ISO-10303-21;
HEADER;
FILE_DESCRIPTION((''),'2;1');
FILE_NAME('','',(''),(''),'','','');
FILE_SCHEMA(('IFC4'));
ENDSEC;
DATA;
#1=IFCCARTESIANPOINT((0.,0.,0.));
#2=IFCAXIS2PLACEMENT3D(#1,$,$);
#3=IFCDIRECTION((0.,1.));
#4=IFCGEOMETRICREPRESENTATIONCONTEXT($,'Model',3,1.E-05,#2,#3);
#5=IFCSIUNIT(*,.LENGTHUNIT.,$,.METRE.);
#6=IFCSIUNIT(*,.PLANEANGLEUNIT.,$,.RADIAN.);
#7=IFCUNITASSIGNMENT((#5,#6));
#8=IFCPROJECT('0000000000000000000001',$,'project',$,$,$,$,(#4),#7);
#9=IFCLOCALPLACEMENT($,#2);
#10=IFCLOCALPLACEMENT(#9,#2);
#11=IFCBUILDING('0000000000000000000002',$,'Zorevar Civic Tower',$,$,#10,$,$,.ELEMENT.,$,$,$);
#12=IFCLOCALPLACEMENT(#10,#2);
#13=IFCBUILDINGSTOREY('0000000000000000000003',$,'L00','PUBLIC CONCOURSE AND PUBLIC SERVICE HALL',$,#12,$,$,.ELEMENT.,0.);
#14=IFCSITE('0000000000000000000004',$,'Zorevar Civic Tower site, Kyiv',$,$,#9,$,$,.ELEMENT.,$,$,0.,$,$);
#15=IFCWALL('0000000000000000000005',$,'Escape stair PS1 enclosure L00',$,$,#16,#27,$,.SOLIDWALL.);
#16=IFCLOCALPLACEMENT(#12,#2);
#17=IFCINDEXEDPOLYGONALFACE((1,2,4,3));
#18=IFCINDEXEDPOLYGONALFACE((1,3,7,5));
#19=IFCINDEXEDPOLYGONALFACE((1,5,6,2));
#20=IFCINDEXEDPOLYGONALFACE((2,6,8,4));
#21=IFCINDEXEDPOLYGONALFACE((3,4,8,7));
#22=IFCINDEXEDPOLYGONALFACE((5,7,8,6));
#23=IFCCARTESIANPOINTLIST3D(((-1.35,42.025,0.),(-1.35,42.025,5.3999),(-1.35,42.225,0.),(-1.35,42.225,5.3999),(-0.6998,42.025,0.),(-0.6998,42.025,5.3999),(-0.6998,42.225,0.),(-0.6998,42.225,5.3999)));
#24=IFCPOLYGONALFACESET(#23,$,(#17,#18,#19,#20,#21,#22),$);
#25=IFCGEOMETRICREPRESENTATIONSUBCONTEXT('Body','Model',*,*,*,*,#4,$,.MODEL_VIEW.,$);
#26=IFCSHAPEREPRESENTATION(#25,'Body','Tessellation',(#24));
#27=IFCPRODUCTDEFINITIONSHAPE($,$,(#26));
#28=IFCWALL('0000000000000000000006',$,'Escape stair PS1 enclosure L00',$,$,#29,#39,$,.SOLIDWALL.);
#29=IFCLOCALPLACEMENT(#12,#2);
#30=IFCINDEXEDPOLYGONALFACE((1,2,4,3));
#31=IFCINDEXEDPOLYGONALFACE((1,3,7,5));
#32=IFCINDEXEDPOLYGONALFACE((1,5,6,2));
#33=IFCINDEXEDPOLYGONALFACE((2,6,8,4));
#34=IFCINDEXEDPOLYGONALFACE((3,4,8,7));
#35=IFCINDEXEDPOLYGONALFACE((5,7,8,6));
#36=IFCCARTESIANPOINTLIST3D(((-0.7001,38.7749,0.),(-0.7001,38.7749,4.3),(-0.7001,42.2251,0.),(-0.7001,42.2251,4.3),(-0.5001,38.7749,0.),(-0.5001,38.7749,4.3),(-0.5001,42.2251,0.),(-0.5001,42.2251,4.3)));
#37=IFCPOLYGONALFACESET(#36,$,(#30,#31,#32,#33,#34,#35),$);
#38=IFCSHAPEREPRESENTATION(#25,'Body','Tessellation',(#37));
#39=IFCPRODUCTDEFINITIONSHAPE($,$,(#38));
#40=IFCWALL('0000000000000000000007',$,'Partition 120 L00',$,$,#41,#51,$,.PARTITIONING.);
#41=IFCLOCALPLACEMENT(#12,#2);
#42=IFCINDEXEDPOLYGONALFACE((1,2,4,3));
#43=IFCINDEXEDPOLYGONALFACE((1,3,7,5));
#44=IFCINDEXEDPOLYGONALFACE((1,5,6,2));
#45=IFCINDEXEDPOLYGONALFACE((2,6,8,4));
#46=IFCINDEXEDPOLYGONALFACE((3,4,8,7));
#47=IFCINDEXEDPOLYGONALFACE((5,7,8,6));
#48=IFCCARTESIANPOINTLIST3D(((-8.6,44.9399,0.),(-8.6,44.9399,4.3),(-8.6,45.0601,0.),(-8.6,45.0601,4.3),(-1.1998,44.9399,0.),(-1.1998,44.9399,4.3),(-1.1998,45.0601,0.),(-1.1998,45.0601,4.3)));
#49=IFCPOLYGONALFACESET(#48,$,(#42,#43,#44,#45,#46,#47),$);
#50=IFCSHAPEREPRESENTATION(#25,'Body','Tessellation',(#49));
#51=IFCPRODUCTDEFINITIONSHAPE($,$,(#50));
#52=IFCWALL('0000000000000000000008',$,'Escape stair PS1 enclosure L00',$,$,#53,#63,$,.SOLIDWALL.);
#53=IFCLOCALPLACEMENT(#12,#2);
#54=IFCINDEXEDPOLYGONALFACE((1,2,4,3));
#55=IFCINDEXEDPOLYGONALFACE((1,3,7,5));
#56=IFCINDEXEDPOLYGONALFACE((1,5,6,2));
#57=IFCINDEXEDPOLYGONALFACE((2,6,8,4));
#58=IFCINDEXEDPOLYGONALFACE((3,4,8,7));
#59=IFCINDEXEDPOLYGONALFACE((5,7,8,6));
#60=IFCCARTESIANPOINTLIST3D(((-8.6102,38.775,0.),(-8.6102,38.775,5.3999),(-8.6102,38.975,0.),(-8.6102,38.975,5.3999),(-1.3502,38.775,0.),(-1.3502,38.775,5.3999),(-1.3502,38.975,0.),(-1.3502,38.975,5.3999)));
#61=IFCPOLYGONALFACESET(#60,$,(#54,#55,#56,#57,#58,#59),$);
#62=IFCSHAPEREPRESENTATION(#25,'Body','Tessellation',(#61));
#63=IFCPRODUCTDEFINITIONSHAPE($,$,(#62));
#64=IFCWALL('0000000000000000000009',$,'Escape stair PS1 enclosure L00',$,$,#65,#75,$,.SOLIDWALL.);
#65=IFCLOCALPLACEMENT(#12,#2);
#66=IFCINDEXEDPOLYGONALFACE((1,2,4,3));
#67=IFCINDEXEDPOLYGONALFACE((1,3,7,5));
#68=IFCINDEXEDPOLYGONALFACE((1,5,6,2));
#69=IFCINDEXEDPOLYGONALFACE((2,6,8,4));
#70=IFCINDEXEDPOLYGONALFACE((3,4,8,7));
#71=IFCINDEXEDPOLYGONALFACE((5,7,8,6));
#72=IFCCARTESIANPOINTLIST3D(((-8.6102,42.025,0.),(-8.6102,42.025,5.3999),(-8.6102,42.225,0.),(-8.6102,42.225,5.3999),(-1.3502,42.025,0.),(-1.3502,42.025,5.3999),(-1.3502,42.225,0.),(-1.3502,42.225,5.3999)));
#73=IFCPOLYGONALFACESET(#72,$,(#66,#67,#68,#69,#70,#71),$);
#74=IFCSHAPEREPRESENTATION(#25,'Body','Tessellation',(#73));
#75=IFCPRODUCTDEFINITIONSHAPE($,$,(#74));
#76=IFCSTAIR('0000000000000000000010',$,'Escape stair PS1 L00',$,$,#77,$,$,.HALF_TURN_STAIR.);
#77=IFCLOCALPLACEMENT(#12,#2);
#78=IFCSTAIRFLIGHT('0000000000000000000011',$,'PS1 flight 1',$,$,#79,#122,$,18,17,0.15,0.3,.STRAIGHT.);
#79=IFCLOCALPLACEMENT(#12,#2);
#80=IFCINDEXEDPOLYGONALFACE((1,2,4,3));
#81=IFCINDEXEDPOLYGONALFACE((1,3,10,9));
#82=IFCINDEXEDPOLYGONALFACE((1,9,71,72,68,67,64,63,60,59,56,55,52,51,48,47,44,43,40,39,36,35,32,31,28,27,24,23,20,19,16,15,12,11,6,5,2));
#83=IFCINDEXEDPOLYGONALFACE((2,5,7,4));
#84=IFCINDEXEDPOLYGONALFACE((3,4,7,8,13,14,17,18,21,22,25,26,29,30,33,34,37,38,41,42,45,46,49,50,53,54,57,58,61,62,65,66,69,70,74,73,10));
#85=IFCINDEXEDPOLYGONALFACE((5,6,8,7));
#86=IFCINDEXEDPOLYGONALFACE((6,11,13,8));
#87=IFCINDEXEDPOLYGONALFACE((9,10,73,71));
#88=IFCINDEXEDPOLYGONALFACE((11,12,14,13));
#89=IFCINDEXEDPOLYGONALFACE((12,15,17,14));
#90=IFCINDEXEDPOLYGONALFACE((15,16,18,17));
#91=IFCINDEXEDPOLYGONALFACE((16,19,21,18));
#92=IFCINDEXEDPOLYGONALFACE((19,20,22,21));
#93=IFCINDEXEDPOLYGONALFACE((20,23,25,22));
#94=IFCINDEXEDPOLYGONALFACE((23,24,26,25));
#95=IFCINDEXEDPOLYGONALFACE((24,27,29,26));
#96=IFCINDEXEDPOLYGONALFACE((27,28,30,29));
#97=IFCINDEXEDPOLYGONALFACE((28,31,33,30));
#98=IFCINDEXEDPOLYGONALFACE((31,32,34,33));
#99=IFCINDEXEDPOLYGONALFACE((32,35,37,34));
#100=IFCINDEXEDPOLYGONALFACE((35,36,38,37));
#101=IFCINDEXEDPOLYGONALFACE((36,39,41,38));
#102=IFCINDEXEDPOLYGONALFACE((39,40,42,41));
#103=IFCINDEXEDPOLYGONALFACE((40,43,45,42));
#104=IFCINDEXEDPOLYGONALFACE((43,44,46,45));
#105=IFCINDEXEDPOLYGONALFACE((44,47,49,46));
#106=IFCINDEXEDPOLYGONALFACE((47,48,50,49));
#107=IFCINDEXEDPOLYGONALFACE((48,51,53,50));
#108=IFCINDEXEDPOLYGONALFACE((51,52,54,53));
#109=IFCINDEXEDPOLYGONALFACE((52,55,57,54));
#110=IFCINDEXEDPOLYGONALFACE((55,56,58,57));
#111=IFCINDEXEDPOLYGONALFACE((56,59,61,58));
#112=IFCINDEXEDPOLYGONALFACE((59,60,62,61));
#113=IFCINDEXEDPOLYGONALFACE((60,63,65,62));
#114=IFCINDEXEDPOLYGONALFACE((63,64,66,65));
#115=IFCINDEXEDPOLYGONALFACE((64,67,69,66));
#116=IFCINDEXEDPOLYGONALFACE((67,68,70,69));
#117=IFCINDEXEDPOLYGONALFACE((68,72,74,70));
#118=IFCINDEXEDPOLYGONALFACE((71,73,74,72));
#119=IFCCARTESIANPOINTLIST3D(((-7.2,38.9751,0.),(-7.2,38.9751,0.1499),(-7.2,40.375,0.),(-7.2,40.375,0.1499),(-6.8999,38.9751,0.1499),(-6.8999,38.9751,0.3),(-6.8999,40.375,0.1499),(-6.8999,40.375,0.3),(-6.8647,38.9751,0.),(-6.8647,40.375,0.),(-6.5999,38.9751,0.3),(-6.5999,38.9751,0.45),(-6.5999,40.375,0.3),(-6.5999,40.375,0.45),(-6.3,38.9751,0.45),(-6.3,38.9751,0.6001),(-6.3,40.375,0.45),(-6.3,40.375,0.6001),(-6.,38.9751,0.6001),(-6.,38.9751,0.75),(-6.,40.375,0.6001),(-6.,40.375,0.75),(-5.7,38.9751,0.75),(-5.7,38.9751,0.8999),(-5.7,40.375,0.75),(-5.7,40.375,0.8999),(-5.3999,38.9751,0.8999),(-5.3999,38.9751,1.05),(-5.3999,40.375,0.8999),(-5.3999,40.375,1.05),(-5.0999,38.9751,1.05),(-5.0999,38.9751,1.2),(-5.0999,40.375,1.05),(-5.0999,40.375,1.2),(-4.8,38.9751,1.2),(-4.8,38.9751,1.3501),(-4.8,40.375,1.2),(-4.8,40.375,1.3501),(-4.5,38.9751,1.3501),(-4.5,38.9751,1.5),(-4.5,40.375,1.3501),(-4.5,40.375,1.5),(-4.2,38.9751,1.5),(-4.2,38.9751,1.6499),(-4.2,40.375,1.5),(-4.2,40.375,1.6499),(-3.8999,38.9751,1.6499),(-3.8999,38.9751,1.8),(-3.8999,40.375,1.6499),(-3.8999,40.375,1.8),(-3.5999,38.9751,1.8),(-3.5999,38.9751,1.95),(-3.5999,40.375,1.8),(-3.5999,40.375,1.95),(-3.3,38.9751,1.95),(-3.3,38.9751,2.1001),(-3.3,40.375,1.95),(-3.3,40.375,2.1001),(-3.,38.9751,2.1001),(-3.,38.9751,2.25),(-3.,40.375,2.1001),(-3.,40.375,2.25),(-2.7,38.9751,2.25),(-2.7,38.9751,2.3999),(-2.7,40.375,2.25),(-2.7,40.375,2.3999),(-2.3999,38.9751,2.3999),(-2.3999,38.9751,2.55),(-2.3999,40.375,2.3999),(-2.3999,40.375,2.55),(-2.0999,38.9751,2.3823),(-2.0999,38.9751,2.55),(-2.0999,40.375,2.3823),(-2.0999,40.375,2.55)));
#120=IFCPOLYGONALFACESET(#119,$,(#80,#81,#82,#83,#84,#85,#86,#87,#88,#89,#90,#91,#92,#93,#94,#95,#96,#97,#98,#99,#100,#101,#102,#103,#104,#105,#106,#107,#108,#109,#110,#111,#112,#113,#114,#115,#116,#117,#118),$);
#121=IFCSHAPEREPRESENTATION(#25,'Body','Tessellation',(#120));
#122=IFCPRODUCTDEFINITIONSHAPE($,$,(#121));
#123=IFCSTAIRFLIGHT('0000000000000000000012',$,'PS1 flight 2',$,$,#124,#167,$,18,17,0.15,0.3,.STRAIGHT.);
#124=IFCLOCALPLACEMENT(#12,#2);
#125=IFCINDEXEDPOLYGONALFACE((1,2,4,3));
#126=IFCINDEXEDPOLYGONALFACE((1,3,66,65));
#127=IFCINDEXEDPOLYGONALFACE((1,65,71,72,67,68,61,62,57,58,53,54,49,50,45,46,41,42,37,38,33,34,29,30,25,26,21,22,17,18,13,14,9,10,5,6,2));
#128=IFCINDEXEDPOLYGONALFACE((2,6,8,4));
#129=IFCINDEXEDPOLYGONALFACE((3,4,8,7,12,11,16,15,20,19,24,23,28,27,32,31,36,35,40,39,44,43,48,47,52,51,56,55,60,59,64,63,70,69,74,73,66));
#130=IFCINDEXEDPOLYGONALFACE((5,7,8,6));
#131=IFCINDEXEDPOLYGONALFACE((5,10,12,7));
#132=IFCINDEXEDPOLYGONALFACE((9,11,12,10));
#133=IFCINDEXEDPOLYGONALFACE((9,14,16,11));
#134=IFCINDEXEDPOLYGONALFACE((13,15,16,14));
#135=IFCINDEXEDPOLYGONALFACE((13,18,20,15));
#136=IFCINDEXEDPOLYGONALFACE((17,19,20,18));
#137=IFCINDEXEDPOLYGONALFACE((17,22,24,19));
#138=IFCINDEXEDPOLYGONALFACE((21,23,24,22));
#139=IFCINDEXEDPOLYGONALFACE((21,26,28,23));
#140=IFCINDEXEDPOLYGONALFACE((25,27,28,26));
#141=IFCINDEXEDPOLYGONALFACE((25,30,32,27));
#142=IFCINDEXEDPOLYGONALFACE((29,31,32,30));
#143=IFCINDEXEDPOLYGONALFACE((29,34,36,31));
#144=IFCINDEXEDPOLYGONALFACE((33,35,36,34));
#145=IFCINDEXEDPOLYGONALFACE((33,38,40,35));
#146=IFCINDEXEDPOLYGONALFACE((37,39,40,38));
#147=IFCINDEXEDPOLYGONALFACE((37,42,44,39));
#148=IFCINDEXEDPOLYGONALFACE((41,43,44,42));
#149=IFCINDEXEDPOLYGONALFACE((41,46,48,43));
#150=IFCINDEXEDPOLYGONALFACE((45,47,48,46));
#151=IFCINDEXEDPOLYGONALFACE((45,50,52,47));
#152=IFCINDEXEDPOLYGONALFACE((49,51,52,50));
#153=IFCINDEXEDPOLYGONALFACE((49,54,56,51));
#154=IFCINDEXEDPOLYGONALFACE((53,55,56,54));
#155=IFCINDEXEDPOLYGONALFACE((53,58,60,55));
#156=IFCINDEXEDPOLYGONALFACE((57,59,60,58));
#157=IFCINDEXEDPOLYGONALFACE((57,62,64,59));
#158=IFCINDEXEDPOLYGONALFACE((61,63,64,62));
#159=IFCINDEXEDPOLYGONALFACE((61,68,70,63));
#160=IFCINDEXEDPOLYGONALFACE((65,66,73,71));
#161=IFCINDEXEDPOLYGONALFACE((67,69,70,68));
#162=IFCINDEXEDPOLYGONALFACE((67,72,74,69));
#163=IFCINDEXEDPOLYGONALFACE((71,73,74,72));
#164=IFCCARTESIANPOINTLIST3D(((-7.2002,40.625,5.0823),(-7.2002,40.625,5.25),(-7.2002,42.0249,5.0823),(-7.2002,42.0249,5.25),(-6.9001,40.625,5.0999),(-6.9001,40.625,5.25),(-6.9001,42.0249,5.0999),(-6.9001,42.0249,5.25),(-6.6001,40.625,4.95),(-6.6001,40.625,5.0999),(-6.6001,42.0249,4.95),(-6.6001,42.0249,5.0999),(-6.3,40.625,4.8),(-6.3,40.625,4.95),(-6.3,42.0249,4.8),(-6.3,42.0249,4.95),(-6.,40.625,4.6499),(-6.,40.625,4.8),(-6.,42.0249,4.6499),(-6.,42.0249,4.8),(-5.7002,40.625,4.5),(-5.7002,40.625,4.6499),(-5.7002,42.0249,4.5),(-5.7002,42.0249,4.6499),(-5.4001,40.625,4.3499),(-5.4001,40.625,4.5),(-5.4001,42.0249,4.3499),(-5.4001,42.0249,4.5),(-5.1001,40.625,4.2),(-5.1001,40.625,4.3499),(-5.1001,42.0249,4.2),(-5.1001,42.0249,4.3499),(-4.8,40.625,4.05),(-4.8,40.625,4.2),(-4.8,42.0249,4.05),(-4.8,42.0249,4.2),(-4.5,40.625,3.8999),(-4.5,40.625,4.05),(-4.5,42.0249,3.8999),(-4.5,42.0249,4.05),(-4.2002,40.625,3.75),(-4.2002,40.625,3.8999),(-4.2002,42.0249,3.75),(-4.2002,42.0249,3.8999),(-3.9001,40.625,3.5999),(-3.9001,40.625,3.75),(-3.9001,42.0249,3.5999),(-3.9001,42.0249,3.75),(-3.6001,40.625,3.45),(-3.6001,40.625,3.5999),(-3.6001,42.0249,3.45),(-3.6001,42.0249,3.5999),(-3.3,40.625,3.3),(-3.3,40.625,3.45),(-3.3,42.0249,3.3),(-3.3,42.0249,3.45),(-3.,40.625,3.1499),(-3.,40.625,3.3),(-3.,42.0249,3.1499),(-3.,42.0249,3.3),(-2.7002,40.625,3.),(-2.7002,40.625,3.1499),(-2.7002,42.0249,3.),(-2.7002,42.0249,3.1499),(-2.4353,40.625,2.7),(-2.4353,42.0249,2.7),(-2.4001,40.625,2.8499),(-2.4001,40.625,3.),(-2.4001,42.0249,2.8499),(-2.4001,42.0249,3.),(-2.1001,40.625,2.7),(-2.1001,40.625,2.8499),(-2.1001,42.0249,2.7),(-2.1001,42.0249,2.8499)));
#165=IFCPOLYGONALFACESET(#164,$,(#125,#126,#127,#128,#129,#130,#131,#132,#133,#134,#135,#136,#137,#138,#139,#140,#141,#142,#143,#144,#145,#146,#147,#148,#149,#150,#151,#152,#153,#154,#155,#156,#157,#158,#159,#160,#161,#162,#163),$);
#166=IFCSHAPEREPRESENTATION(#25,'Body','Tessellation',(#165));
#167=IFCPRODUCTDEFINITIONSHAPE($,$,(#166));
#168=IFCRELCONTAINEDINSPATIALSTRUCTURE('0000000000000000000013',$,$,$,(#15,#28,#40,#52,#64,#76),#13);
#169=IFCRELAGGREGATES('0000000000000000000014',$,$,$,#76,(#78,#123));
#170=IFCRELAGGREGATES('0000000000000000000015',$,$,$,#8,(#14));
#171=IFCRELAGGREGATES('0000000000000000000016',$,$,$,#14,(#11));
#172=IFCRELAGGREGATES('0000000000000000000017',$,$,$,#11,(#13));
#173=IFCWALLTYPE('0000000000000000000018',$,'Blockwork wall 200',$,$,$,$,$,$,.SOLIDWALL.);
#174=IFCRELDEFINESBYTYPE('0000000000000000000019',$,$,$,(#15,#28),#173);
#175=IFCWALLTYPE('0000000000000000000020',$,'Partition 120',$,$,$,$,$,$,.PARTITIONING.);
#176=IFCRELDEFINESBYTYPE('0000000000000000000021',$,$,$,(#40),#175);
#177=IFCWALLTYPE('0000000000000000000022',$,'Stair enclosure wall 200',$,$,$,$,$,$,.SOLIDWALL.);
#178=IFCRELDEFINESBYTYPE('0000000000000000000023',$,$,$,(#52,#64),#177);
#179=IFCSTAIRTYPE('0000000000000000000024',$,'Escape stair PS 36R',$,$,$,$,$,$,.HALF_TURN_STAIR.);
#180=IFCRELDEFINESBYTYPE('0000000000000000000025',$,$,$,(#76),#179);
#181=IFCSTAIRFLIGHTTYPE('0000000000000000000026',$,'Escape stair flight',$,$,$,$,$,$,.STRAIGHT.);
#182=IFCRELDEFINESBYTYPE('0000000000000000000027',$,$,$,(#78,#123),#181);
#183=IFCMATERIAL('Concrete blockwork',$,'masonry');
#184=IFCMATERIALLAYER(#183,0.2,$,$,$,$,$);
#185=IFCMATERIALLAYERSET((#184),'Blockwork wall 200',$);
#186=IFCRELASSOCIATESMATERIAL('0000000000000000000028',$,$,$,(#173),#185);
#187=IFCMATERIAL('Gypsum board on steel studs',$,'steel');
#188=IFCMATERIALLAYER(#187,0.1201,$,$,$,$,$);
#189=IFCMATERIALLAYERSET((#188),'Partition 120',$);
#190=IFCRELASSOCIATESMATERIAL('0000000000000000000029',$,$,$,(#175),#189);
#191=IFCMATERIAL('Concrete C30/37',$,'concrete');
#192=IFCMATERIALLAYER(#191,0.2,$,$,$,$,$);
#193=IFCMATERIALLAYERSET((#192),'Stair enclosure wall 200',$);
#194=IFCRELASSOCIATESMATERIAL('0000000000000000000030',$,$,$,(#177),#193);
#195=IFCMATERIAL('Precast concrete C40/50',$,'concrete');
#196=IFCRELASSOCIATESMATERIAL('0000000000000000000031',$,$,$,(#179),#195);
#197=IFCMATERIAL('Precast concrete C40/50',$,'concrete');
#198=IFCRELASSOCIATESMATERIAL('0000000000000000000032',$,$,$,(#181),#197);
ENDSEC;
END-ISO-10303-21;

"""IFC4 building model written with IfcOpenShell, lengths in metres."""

from ifc_helpers import new_model, si_unit, direction, frame, frame_2d, origin, place, context, subcontext, project, spatial, polyline, rectangle, outline, extrude, material, layer, layer_set, type_object, element, aggregate, save


model = new_model("IFC4")

# Units and contexts
model_context = context("Model", 3, precision=1e-05, world=origin(), true_north=direction((0.0, 1.0)))
body_context = subcontext(model_context, "Body", "Model", "MODEL_VIEW")
ifc_project = project(units=[si_unit("LENGTHUNIT", "METRE"), si_unit("PLANEANGLEUNIT", "RADIAN")], contexts=[model_context])

# Site, building, storey
site_placement = place(None, origin())
site = spatial("IfcSite", under=ifc_project, at=site_placement, Name="Zorevar Civic Tower site, Kyiv", CompositionType="ELEMENT", RefElevation=0.0)
building_placement = place(site_placement, origin())
building = spatial("IfcBuilding", under=site, at=building_placement, Name="Zorevar Civic Tower", CompositionType="ELEMENT")
storey_placement = place(building_placement, origin())
storey = spatial("IfcBuildingStorey", under=building, at=storey_placement, Name="L00", Description="PUBLIC CONCOURSE AND PUBLIC SERVICE HALL", CompositionType="ELEMENT", Elevation=0.0)

# Walls
ifc_material_1 = material(Name="Concrete blockwork", Category="masonry")
ifc_layer_1 = layer(ifc_material_1, 0.2)
ifc_layer_set_1 = layer_set([ifc_layer_1], Name="Blockwork wall 200")
wall_type_1 = type_object("IfcWallType", Name="Blockwork wall 200", PredefinedType="SOLIDWALL", material=ifc_layer_set_1)
for number, where, z_axis, x_axis, name in (
    (1, (-1.3501, 42.125, 0.0), (0.0, 0.0, 1.0), (1.0, 0.0, 0.0), "Escape stair PS1 enclosure L00"),
):
    element("IfcWall", number, at=place(storey_placement, frame(where, z_axis=z_axis, x_axis=x_axis)), inside=storey, type_object=wall_type_1, Name=name, PredefinedType="SOLIDWALL", context=body_context, shape_type="SweptSolid", body=[
        extrude(rectangle(XDim=0.6501, YDim=0.2, at=frame_2d((0.3252, 0.0))), origin(), (0.0, 0.0, 1.0), 5.3999),
    ])
wall_1_placement = place(storey_placement, frame((-0.6001, 38.7749, 0.0), z_axis=(0.0, 0.0, 1.0), x_axis=(0.0, 1.0, 0.0)))
element("IfcWall", 2, at=wall_1_placement, inside=storey, type_object=wall_type_1, Name="Escape stair PS1 enclosure L00", PredefinedType="SOLIDWALL", context=body_context, shape_type="SweptSolid", body=[
    extrude(rectangle(XDim=3.4502, YDim=0.2, at=frame_2d((1.7251, 0.0))), origin(), (0.0, 0.0, 1.0), 4.3),
])
ifc_material_2 = material(Name="Gypsum board on steel studs", Category="steel")
ifc_layer_2 = layer(ifc_material_2, 0.1201)
ifc_layer_set_2 = layer_set([ifc_layer_2], Name="Partition 120")
wall_type_2 = type_object("IfcWallType", Name="Partition 120", PredefinedType="PARTITIONING", material=ifc_layer_set_2)
wall_2_placement = place(storey_placement, frame((-8.6001, 45.0, 0.0), z_axis=(0.0, 0.0, 1.0), x_axis=(1.0, 0.0, 0.0)))
element("IfcWall", 3, at=wall_2_placement, inside=storey, type_object=wall_type_2, Name="Partition 120 L00", PredefinedType="PARTITIONING", context=body_context, shape_type="SweptSolid", body=[
    extrude(rectangle(XDim=7.4001, YDim=0.1201, at=frame_2d((3.7002, 0.0))), origin(), (0.0, 0.0, 1.0), 4.3),
])
ifc_material_3 = material(Name="Concrete C30/37", Category="concrete")
ifc_layer_3 = layer(ifc_material_3, 0.2)
ifc_layer_set_3 = layer_set([ifc_layer_3], Name="Stair enclosure wall 200")
wall_type_3 = type_object("IfcWallType", Name="Stair enclosure wall 200", PredefinedType="SOLIDWALL", material=ifc_layer_set_3)
for number, where, z_axis, x_axis, name in (
    (4, (-8.6101, 38.875, 0.0), (0.0, 0.0, 1.0), (1.0, 0.0, 0.0), "Escape stair PS1 enclosure L00"),
    (5, (-8.6101, 42.125, 0.0), (0.0, 0.0, 1.0), (1.0, 0.0, 0.0), "Escape stair PS1 enclosure L00"),
):
    element("IfcWall", number, at=place(storey_placement, frame(where, z_axis=z_axis, x_axis=x_axis)), inside=storey, type_object=wall_type_3, Name=name, PredefinedType="SOLIDWALL", context=body_context, shape_type="SweptSolid", body=[
        extrude(rectangle(XDim=7.26, YDim=0.2, at=frame_2d((3.6299, 0.0))), origin(), (0.0, 0.0, 1.0), 5.3999),
    ])

# Stair, stair flights
ifc_material_4 = material(Name="Precast concrete C40/50", Category="concrete")
stair_type = type_object("IfcStairType", Name="Escape stair PS 36R", PredefinedType="HALF_TURN_STAIR", material=ifc_material_4)
stair_placement = place(storey_placement, origin())
stair = element("IfcStair", 6, at=stair_placement, inside=storey, type_object=stair_type, Name="Escape stair PS1 L00", PredefinedType="HALF_TURN_STAIR")
ifc_material_5 = material(Name="Precast concrete C40/50", Category="concrete")
stair_flight_type = type_object("IfcStairFlightType", Name="Escape stair flight", PredefinedType="STRAIGHT", material=ifc_material_5)
stair_flight_1_placement = place(storey_placement, frame((-7.2, 39.675, 0.0), z_axis=(0.0, 0.0, 1.0), x_axis=(1.0, 0.0, 0.0)))
stair_flight_1 = element("IfcStairFlight", 7, at=stair_flight_1_placement, type_object=stair_flight_type, Name="PS1 flight 1", NumberOfRisers=18, NumberOfTreads=17, PredefinedType="STRAIGHT", RiserHeight=0.15, TreadLength=0.3, context=body_context, shape_type="SweptSolid", body=[
    extrude(outline(polyline([(0.0, 0.0), (0.0, 0.1499), (0.3, 0.1499), (0.3, 0.3), (0.6001, 0.3), (0.6001, 0.45), (0.8999, 0.45), (0.8999, 0.6001), (1.2, 0.6001), (1.2, 0.75), (1.5, 0.75), (1.5, 0.8999), (1.8, 0.8999), (1.8, 1.05), (2.1001, 1.05), (2.1001, 1.2), (2.3999, 1.2), (2.3999, 1.3501), (2.7, 1.3501), (2.7, 1.5), (3.0, 1.5), (3.0, 1.6499), (3.3, 1.6499), (3.3, 1.8), (3.6001, 1.8), (3.6001, 1.95), (3.8999, 1.95), (3.8999, 2.1001), (4.2, 2.1001), (4.2, 2.25), (4.5, 2.25), (4.5, 2.3999), (4.8, 2.3999), (4.8, 2.55), (5.1001, 2.55), (5.1001, 2.7), (5.1001, 2.3823), (0.3352, 0.0), (0.0, 0.0)])), frame((0.0, 0.7, 0.0), z_axis=(0.0, -1.0, 0.0), x_axis=(1.0, 0.0, 0.0)), (0.0, 0.0, 1.0), 1.3999),
])
stair_flight_2_placement = place(storey_placement, frame((-2.1001, 41.325, 2.7), z_axis=(0.0, 0.0, 1.0), x_axis=(-1.0, 0.0, 0.0)))
stair_flight_2 = element("IfcStairFlight", 8, at=stair_flight_2_placement, type_object=stair_flight_type, Name="PS1 flight 2", NumberOfRisers=18, NumberOfTreads=17, PredefinedType="STRAIGHT", RiserHeight=0.15, TreadLength=0.3, context=body_context, shape_type="SweptSolid", body=[
    extrude(outline(polyline([(0.0, 0.0), (0.0, 0.1499), (0.3, 0.1499), (0.3, 0.3), (0.6001, 0.3), (0.6001, 0.45), (0.8999, 0.45), (0.8999, 0.6001), (1.2, 0.6001), (1.2, 0.75), (1.5, 0.75), (1.5, 0.8999), (1.8, 0.8999), (1.8, 1.05), (2.1001, 1.05), (2.1001, 1.2), (2.3999, 1.2), (2.3999, 1.3501), (2.7, 1.3501), (2.7, 1.5), (3.0, 1.5), (3.0, 1.6499), (3.3, 1.6499), (3.3, 1.8), (3.6001, 1.8), (3.6001, 1.95), (3.8999, 1.95), (3.8999, 2.1001), (4.2, 2.1001), (4.2, 2.25), (4.5, 2.25), (4.5, 2.3999), (4.8, 2.3999), (4.8, 2.55), (5.1001, 2.55), (5.1001, 2.7), (5.1001, 2.3823), (0.3352, 0.0), (0.0, 0.0)])), frame((0.0, 0.7, 0.0), z_axis=(0.0, -1.0, 0.0), x_axis=(1.0, 0.0, 0.0)), (0.0, 0.0, 1.0), 1.3999),
])
aggregate(stair, [stair_flight_1, stair_flight_2])

save(model, "model.ifc")
